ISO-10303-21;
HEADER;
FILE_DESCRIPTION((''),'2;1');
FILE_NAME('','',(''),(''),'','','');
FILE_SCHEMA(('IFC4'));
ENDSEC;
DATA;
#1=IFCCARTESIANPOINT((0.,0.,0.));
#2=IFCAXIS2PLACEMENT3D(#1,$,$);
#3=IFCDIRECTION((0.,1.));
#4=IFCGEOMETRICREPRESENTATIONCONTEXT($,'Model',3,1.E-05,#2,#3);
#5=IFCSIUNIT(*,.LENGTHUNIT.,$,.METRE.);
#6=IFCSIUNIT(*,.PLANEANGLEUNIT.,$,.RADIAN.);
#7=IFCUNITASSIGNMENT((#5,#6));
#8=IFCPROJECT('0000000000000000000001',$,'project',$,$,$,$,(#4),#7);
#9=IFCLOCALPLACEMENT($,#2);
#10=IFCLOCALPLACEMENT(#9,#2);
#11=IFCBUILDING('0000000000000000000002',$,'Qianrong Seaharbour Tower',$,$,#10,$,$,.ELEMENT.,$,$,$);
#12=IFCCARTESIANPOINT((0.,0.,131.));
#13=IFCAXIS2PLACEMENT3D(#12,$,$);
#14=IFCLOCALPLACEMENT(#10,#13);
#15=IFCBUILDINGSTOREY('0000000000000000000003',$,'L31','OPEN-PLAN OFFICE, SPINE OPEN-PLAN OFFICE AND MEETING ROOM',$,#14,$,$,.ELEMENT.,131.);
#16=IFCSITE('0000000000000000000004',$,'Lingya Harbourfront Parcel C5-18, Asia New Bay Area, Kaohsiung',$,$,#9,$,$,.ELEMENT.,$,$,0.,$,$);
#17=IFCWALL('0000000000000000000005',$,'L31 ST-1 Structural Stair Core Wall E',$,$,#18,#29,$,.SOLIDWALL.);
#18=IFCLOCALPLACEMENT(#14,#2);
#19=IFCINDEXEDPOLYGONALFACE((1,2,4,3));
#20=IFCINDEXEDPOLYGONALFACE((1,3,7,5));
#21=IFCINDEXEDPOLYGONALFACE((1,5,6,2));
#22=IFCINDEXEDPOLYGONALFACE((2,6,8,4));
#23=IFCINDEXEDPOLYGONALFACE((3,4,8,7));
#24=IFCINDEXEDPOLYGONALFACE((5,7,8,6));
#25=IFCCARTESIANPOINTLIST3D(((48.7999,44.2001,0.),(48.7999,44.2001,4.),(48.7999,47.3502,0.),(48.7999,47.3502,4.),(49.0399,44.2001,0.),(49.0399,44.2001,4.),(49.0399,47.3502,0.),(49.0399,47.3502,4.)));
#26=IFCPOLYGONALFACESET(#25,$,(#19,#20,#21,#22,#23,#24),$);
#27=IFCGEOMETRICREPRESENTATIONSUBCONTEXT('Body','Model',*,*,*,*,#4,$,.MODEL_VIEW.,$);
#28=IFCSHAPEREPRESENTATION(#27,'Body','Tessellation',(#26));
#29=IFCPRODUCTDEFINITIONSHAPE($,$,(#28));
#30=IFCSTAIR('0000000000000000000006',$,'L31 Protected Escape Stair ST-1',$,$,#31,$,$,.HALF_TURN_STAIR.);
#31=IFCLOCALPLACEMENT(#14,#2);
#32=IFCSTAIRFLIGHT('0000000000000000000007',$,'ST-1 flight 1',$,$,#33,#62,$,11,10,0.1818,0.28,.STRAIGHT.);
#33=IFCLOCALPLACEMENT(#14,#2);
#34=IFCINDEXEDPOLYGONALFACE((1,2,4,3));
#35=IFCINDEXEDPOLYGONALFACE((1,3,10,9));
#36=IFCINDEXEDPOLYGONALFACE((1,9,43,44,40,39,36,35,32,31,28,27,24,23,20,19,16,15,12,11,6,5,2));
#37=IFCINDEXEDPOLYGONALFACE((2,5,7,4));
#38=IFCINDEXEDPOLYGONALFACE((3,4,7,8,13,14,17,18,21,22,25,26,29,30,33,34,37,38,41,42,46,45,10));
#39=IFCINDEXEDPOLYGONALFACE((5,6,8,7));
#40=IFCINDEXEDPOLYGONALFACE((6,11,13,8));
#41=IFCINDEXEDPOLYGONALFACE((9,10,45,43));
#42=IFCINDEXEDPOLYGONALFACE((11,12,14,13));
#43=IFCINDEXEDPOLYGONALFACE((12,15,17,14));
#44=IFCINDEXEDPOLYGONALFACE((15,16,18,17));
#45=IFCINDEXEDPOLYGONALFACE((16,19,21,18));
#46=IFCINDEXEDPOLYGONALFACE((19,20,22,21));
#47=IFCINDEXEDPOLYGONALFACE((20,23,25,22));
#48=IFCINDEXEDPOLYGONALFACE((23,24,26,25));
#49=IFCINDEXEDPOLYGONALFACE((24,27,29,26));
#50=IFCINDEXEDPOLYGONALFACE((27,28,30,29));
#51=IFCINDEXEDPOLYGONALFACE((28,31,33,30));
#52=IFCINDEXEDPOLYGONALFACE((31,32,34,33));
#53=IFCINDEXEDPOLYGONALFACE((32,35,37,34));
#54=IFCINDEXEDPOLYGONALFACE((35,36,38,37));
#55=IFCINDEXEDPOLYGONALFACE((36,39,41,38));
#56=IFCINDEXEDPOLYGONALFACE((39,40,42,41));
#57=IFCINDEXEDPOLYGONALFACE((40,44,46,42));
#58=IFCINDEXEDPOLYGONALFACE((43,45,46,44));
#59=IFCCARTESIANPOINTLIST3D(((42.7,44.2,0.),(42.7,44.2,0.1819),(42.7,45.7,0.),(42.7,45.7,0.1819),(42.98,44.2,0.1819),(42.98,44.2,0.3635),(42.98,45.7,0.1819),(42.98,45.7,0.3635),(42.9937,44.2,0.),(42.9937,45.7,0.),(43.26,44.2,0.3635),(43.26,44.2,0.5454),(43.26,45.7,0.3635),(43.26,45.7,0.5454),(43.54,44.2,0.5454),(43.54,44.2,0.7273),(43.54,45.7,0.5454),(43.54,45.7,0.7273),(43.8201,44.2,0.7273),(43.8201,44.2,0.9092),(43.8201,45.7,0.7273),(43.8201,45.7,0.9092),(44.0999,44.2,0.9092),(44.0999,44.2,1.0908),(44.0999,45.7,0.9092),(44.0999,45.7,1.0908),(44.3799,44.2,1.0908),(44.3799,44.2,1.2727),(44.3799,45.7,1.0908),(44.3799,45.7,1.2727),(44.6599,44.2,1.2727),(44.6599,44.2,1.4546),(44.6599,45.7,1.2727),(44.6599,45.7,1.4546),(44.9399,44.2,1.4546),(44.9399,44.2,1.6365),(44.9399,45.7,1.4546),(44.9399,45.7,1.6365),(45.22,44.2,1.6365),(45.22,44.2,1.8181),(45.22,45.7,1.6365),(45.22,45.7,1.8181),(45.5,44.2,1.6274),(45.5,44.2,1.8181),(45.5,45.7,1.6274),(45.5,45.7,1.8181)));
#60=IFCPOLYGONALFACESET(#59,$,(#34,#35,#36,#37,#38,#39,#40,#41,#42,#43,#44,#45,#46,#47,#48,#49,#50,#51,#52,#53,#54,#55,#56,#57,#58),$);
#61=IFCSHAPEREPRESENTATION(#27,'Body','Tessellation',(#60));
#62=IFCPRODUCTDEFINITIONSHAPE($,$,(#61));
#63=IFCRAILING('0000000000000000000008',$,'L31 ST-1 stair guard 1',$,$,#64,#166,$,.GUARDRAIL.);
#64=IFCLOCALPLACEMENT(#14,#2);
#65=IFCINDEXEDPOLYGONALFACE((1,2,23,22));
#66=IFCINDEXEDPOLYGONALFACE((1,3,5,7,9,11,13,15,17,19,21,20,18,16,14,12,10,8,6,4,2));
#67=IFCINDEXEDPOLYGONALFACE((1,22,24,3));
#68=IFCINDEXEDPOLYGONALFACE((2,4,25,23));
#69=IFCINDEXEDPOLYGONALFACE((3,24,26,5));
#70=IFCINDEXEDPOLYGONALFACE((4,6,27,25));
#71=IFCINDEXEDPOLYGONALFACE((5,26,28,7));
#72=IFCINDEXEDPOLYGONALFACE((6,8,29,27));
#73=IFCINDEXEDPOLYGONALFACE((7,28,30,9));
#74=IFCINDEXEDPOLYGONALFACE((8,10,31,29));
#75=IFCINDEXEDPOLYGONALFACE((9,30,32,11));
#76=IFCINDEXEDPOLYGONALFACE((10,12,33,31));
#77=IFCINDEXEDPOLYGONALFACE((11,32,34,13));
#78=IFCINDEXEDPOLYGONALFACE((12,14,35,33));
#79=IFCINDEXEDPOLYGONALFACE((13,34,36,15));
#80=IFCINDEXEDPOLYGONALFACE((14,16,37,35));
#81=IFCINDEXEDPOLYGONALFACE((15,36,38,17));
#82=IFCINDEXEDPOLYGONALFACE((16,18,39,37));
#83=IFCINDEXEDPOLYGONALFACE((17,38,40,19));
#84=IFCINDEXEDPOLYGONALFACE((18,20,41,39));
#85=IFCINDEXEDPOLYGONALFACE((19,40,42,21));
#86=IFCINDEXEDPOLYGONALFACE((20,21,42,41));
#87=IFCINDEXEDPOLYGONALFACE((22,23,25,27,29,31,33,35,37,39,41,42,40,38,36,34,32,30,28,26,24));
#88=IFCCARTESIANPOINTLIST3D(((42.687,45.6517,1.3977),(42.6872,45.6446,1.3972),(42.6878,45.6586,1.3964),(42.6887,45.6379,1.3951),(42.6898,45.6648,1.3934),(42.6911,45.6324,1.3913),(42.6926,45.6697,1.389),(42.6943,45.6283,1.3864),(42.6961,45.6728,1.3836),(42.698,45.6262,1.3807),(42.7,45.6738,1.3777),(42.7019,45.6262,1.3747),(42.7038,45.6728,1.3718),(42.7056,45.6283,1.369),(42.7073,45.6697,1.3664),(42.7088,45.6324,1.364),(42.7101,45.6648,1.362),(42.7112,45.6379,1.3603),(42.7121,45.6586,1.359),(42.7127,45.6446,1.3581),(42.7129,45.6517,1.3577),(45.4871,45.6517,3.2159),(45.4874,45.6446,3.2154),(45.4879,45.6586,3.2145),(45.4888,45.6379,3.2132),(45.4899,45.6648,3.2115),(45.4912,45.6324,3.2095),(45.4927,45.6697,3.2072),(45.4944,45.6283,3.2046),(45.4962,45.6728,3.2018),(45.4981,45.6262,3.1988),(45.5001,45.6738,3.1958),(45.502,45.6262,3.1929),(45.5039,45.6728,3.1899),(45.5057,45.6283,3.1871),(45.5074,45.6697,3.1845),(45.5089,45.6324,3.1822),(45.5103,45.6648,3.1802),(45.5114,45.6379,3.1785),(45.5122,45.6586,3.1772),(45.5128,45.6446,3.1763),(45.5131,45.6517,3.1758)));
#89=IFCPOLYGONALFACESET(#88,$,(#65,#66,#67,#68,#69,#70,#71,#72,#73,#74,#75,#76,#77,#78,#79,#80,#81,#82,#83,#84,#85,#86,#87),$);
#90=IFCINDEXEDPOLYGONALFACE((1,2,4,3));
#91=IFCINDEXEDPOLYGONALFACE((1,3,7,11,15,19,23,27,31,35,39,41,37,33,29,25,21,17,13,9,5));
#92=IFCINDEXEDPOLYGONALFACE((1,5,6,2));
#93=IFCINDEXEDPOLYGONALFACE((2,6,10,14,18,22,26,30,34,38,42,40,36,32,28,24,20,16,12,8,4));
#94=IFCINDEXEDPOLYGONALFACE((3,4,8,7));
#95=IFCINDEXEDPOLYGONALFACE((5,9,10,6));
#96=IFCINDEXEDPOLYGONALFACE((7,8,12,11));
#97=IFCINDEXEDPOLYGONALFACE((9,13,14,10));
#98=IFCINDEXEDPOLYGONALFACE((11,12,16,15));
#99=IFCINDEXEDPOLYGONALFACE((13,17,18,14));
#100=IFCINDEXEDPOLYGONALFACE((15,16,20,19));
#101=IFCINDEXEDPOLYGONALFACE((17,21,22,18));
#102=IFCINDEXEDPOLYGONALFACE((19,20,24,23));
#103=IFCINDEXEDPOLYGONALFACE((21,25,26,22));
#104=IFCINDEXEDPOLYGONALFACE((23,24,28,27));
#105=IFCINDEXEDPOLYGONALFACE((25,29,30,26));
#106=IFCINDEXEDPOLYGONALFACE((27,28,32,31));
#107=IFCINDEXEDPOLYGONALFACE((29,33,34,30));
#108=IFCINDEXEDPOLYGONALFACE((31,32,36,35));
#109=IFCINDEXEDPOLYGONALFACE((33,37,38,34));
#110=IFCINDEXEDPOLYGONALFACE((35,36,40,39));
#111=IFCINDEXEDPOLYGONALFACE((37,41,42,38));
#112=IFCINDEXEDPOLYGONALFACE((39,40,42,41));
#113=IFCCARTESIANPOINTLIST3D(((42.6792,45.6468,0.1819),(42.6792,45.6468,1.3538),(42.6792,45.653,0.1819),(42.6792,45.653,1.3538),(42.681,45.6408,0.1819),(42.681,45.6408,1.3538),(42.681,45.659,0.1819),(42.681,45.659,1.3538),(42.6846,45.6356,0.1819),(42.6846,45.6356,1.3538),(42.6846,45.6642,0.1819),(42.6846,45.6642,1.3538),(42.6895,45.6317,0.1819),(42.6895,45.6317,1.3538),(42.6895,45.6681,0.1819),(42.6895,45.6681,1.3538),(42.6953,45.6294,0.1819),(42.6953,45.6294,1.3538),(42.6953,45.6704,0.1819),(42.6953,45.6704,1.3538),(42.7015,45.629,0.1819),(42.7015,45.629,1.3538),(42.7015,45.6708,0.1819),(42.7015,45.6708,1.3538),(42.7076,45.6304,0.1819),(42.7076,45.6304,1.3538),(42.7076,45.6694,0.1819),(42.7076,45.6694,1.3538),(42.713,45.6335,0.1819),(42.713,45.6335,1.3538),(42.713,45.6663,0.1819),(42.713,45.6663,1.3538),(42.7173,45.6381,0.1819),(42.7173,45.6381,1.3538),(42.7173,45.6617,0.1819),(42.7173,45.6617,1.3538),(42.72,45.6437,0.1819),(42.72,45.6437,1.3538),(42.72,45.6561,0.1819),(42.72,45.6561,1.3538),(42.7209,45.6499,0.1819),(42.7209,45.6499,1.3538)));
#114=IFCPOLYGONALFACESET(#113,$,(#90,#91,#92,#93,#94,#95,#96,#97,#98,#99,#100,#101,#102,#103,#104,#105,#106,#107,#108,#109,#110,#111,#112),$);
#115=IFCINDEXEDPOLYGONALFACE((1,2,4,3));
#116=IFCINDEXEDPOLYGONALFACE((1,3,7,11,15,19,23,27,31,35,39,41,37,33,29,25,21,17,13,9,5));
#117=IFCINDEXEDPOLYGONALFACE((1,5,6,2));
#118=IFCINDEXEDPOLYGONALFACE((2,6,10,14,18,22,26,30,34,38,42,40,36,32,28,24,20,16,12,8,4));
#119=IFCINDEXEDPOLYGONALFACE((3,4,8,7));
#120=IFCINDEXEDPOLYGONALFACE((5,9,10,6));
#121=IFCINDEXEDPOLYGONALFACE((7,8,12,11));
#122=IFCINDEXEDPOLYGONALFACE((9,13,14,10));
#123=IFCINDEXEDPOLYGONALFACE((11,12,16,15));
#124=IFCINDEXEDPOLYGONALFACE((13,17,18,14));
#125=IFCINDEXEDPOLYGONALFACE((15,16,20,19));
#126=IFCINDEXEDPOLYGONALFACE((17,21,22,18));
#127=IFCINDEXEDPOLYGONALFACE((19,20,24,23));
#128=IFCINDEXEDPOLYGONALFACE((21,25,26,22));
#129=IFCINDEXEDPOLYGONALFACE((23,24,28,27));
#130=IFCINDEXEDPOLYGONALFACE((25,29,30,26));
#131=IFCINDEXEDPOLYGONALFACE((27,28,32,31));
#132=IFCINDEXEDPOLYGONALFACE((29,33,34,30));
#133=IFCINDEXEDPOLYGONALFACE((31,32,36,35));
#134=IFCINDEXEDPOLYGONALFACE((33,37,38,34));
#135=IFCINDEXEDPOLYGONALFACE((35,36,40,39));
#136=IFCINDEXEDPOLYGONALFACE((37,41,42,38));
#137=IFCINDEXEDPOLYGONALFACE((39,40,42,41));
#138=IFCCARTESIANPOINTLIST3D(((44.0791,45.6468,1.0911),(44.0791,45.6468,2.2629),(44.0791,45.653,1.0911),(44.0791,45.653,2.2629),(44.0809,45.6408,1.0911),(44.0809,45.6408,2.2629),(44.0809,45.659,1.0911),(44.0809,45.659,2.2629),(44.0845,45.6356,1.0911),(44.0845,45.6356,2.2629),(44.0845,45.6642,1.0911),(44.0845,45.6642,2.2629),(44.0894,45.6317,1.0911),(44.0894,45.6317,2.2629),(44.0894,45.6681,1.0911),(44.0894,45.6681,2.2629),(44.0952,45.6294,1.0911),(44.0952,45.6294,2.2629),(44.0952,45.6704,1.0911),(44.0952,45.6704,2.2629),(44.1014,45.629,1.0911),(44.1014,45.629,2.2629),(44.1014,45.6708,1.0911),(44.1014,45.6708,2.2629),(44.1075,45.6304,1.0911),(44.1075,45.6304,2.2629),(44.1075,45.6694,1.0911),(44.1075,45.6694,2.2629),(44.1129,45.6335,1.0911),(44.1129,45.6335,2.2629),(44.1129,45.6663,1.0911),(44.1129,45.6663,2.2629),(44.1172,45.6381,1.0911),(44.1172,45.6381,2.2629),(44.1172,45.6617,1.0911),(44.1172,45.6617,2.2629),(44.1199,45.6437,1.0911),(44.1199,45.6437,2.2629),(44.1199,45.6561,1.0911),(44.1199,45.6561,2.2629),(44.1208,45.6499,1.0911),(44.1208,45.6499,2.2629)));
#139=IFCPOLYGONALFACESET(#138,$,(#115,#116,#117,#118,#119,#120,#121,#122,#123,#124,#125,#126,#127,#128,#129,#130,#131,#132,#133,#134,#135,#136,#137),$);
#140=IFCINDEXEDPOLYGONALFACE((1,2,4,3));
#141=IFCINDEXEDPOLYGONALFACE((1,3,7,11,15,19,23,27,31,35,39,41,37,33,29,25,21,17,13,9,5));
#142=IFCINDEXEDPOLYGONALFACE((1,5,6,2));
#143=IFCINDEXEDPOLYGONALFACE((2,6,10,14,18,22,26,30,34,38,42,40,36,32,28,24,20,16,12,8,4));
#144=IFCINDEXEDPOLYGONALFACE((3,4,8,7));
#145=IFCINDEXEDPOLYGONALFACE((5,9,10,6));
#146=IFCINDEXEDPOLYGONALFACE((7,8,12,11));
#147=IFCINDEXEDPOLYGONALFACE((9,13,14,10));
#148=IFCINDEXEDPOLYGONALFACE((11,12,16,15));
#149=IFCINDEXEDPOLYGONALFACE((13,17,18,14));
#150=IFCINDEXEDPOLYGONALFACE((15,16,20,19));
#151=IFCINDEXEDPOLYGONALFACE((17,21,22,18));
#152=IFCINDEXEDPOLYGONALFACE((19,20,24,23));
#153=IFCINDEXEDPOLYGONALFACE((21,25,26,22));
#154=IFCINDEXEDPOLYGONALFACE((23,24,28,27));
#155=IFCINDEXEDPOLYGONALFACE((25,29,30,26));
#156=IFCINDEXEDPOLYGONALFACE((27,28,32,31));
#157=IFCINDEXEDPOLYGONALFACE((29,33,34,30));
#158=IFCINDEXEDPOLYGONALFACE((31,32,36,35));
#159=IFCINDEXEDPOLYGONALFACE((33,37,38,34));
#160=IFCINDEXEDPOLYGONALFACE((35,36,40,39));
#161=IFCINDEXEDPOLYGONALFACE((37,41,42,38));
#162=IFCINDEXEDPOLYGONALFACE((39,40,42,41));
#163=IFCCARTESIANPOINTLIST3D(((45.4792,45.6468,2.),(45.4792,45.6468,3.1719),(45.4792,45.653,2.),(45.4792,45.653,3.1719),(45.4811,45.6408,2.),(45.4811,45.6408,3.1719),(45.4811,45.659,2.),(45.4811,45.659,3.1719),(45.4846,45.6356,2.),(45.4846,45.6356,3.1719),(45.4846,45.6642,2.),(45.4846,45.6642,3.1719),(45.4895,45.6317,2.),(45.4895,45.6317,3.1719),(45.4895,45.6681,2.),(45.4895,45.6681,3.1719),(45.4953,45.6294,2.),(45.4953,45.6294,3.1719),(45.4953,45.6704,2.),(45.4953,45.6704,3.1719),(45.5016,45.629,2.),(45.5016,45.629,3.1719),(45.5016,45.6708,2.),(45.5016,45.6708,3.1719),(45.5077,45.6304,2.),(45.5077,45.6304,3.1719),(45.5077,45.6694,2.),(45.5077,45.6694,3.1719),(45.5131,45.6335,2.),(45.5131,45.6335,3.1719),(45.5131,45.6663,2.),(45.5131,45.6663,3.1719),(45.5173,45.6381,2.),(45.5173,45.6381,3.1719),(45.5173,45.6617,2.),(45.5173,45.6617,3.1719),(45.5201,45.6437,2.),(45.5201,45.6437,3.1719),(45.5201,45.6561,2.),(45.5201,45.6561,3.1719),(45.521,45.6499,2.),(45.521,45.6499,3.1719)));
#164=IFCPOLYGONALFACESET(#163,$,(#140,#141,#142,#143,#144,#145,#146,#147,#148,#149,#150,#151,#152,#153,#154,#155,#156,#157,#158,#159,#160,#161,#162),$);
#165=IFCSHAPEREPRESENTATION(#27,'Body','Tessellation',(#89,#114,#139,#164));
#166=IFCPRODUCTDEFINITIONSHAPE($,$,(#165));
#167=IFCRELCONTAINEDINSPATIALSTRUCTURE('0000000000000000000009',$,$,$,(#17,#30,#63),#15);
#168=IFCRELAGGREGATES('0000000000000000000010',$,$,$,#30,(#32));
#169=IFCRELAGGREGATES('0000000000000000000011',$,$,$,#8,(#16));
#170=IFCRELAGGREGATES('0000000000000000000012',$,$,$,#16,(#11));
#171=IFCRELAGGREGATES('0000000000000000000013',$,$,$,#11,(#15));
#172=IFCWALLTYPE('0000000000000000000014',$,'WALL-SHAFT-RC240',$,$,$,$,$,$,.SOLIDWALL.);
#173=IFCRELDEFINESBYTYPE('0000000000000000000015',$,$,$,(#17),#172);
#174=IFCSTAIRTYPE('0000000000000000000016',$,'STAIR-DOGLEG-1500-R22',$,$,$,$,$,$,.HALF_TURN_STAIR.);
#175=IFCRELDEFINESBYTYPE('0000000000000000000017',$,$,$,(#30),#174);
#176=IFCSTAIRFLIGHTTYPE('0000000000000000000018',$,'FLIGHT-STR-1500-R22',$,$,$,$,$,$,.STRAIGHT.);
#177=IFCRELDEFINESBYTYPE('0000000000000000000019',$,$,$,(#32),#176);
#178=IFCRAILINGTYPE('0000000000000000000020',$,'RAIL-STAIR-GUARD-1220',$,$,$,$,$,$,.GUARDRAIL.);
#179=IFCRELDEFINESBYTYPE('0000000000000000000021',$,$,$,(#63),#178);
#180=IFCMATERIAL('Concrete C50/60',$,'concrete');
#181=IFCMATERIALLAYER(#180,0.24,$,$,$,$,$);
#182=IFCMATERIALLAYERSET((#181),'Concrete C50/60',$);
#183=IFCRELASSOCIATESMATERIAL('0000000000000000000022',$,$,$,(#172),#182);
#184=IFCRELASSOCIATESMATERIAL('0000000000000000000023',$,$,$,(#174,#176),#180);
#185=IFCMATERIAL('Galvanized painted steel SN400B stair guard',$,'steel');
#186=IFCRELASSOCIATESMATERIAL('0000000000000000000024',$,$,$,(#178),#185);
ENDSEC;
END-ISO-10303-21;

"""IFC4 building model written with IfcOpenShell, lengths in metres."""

from ifc_helpers import new_model, si_unit, direction, frame, frame_2d, origin, origin_2d, place, context, subcontext, project, spatial, polyline, rectangle, circle, outline, extrude, material, layer, layer_set, type_object, element, aggregate, save


model = new_model("IFC4")

# Units and contexts
model_context = context("Model", 3, precision=1e-05, world=origin(), true_north=direction((0.0, 1.0)))
body_context = subcontext(model_context, "Body", "Model", "MODEL_VIEW")
ifc_project = project(units=[si_unit("LENGTHUNIT", "METRE"), si_unit("PLANEANGLEUNIT", "RADIAN")], contexts=[model_context])

# Site, building, storey
site_placement = place(None, origin())
site = spatial("IfcSite", under=ifc_project, at=site_placement, Name="Lingya Harbourfront Parcel C5-18, Asia New Bay Area, Kaohsiung", CompositionType="ELEMENT", RefElevation=0.0)
building_placement = place(site_placement, origin())
building = spatial("IfcBuilding", under=site, at=building_placement, Name="Qianrong Seaharbour Tower", CompositionType="ELEMENT")
storey_placement = place(building_placement, frame((0.0, 0.0, 131.0)))
storey = spatial("IfcBuildingStorey", under=building, at=storey_placement, Name="L31", Description="OPEN-PLAN OFFICE, SPINE OPEN-PLAN OFFICE AND MEETING ROOM", CompositionType="ELEMENT", Elevation=131.0)

# Wall
ifc_material_1 = material(Name="Concrete C50/60", Category="concrete")
ifc_layer_1 = layer(ifc_material_1, 0.24)
ifc_layer_set_1 = layer_set([ifc_layer_1], Name="Concrete C50/60")
wall_type_1 = type_object("IfcWallType", Name="WALL-SHAFT-RC240", PredefinedType="SOLIDWALL", material=ifc_layer_set_1)
wall_1_placement = place(storey_placement, frame((48.9199, 44.2, 0.0), z_axis=(0.0, 0.0, 1.0), x_axis=(0.0, 1.0, 0.0)))
element("IfcWall", 1, at=wall_1_placement, inside=storey, type_object=wall_type_1, Name="L31 ST-1 Structural Stair Core Wall E", PredefinedType="SOLIDWALL", context=body_context, shape_type="SweptSolid", body=[
    extrude(rectangle(XDim=3.1501, YDim=0.24, at=frame_2d((1.5752, 0.0))), origin(), (0.0, 0.0, 1.0), 4.0),
])

# Stair, stair flight
stair_type = type_object("IfcStairType", Name="STAIR-DOGLEG-1500-R22", PredefinedType="HALF_TURN_STAIR", material=ifc_material_1)
stair_placement = place(storey_placement, origin())
stair = element("IfcStair", 2, at=stair_placement, inside=storey, type_object=stair_type, Name="L31 Protected Escape Stair ST-1", PredefinedType="HALF_TURN_STAIR")
stair_flight_type = type_object("IfcStairFlightType", Name="FLIGHT-STR-1500-R22", PredefinedType="STRAIGHT", material=ifc_material_1)
stair_flight_placement = place(storey_placement, frame((42.7, 44.95, 0.0), z_axis=(0.0, 0.0, 1.0), x_axis=(1.0, 0.0, 0.0)))
stair_flight = element("IfcStairFlight", 3, at=stair_flight_placement, type_object=stair_flight_type, Name="ST-1 flight 1", NumberOfRisers=11, NumberOfTreads=10, PredefinedType="STRAIGHT", RiserHeight=0.1818, TreadLength=0.28, context=body_context, shape_type="SweptSolid", body=[
    extrude(outline(polyline([(0.0, 0.0), (0.0, 0.1819), (0.28, 0.1819), (0.28, 0.3635), (0.5601, 0.3635), (0.5601, 0.5454), (0.8401, 0.5454), (0.8401, 0.7273), (1.1201, 0.7273), (1.1201, 0.9092), (1.3999, 0.9092), (1.3999, 1.0908), (1.6799, 1.0908), (1.6799, 1.2727), (1.96, 1.2727), (1.96, 1.4546), (2.24, 1.4546), (2.24, 1.6365), (2.52, 1.6365), (2.52, 1.8181), (2.8, 1.8181), (2.8, 2.0), (2.8, 1.6274), (0.2937, 0.0), (0.0, 0.0)])), frame((0.0, 0.75, 0.0), z_axis=(0.0, -1.0, 0.0), x_axis=(1.0, 0.0, 0.0)), (0.0, 0.0, 1.0), 1.5),
])
aggregate(stair, [stair_flight])

# Railing
ifc_material_2 = material(Name="Galvanized painted steel SN400B stair guard", Category="steel")
railing_type_1 = type_object("IfcRailingType", Name="RAIL-STAIR-GUARD-1220", PredefinedType="GUARDRAIL", material=ifc_material_2)
railing_1_placement = place(storey_placement, frame((42.7, 45.6499, 0.1819)))
element("IfcRailing", 4, at=railing_1_placement, inside=storey, type_object=railing_type_1, Name="L31 ST-1 stair guard 1", PredefinedType="GUARDRAIL", context=body_context, shape_type="SweptSolid", body=[
    extrude(circle(Radius=0.0239, at=origin_2d()), frame((0.0, 0.0, 1.1958), z_axis=(0.838706, 0.0, 0.544585), x_axis=(0.0, 1.0, 0.0)), (0.0, 0.0, 1.0), 3.3386),
    extrude(circle(Radius=0.021, at=origin_2d()), origin(), (0.0, 0.0, 1.0), 1.1719),
    extrude(circle(Radius=0.021, at=origin_2d()), frame((1.3999, 0.0, 0.9092)), (0.0, 0.0, 1.0), 1.1719),
    extrude(circle(Radius=0.021, at=origin_2d()), frame((2.8, 0.0, 1.8181)), (0.0, 0.0, 1.0), 1.1719),
])

save(model, "model.ifc")
